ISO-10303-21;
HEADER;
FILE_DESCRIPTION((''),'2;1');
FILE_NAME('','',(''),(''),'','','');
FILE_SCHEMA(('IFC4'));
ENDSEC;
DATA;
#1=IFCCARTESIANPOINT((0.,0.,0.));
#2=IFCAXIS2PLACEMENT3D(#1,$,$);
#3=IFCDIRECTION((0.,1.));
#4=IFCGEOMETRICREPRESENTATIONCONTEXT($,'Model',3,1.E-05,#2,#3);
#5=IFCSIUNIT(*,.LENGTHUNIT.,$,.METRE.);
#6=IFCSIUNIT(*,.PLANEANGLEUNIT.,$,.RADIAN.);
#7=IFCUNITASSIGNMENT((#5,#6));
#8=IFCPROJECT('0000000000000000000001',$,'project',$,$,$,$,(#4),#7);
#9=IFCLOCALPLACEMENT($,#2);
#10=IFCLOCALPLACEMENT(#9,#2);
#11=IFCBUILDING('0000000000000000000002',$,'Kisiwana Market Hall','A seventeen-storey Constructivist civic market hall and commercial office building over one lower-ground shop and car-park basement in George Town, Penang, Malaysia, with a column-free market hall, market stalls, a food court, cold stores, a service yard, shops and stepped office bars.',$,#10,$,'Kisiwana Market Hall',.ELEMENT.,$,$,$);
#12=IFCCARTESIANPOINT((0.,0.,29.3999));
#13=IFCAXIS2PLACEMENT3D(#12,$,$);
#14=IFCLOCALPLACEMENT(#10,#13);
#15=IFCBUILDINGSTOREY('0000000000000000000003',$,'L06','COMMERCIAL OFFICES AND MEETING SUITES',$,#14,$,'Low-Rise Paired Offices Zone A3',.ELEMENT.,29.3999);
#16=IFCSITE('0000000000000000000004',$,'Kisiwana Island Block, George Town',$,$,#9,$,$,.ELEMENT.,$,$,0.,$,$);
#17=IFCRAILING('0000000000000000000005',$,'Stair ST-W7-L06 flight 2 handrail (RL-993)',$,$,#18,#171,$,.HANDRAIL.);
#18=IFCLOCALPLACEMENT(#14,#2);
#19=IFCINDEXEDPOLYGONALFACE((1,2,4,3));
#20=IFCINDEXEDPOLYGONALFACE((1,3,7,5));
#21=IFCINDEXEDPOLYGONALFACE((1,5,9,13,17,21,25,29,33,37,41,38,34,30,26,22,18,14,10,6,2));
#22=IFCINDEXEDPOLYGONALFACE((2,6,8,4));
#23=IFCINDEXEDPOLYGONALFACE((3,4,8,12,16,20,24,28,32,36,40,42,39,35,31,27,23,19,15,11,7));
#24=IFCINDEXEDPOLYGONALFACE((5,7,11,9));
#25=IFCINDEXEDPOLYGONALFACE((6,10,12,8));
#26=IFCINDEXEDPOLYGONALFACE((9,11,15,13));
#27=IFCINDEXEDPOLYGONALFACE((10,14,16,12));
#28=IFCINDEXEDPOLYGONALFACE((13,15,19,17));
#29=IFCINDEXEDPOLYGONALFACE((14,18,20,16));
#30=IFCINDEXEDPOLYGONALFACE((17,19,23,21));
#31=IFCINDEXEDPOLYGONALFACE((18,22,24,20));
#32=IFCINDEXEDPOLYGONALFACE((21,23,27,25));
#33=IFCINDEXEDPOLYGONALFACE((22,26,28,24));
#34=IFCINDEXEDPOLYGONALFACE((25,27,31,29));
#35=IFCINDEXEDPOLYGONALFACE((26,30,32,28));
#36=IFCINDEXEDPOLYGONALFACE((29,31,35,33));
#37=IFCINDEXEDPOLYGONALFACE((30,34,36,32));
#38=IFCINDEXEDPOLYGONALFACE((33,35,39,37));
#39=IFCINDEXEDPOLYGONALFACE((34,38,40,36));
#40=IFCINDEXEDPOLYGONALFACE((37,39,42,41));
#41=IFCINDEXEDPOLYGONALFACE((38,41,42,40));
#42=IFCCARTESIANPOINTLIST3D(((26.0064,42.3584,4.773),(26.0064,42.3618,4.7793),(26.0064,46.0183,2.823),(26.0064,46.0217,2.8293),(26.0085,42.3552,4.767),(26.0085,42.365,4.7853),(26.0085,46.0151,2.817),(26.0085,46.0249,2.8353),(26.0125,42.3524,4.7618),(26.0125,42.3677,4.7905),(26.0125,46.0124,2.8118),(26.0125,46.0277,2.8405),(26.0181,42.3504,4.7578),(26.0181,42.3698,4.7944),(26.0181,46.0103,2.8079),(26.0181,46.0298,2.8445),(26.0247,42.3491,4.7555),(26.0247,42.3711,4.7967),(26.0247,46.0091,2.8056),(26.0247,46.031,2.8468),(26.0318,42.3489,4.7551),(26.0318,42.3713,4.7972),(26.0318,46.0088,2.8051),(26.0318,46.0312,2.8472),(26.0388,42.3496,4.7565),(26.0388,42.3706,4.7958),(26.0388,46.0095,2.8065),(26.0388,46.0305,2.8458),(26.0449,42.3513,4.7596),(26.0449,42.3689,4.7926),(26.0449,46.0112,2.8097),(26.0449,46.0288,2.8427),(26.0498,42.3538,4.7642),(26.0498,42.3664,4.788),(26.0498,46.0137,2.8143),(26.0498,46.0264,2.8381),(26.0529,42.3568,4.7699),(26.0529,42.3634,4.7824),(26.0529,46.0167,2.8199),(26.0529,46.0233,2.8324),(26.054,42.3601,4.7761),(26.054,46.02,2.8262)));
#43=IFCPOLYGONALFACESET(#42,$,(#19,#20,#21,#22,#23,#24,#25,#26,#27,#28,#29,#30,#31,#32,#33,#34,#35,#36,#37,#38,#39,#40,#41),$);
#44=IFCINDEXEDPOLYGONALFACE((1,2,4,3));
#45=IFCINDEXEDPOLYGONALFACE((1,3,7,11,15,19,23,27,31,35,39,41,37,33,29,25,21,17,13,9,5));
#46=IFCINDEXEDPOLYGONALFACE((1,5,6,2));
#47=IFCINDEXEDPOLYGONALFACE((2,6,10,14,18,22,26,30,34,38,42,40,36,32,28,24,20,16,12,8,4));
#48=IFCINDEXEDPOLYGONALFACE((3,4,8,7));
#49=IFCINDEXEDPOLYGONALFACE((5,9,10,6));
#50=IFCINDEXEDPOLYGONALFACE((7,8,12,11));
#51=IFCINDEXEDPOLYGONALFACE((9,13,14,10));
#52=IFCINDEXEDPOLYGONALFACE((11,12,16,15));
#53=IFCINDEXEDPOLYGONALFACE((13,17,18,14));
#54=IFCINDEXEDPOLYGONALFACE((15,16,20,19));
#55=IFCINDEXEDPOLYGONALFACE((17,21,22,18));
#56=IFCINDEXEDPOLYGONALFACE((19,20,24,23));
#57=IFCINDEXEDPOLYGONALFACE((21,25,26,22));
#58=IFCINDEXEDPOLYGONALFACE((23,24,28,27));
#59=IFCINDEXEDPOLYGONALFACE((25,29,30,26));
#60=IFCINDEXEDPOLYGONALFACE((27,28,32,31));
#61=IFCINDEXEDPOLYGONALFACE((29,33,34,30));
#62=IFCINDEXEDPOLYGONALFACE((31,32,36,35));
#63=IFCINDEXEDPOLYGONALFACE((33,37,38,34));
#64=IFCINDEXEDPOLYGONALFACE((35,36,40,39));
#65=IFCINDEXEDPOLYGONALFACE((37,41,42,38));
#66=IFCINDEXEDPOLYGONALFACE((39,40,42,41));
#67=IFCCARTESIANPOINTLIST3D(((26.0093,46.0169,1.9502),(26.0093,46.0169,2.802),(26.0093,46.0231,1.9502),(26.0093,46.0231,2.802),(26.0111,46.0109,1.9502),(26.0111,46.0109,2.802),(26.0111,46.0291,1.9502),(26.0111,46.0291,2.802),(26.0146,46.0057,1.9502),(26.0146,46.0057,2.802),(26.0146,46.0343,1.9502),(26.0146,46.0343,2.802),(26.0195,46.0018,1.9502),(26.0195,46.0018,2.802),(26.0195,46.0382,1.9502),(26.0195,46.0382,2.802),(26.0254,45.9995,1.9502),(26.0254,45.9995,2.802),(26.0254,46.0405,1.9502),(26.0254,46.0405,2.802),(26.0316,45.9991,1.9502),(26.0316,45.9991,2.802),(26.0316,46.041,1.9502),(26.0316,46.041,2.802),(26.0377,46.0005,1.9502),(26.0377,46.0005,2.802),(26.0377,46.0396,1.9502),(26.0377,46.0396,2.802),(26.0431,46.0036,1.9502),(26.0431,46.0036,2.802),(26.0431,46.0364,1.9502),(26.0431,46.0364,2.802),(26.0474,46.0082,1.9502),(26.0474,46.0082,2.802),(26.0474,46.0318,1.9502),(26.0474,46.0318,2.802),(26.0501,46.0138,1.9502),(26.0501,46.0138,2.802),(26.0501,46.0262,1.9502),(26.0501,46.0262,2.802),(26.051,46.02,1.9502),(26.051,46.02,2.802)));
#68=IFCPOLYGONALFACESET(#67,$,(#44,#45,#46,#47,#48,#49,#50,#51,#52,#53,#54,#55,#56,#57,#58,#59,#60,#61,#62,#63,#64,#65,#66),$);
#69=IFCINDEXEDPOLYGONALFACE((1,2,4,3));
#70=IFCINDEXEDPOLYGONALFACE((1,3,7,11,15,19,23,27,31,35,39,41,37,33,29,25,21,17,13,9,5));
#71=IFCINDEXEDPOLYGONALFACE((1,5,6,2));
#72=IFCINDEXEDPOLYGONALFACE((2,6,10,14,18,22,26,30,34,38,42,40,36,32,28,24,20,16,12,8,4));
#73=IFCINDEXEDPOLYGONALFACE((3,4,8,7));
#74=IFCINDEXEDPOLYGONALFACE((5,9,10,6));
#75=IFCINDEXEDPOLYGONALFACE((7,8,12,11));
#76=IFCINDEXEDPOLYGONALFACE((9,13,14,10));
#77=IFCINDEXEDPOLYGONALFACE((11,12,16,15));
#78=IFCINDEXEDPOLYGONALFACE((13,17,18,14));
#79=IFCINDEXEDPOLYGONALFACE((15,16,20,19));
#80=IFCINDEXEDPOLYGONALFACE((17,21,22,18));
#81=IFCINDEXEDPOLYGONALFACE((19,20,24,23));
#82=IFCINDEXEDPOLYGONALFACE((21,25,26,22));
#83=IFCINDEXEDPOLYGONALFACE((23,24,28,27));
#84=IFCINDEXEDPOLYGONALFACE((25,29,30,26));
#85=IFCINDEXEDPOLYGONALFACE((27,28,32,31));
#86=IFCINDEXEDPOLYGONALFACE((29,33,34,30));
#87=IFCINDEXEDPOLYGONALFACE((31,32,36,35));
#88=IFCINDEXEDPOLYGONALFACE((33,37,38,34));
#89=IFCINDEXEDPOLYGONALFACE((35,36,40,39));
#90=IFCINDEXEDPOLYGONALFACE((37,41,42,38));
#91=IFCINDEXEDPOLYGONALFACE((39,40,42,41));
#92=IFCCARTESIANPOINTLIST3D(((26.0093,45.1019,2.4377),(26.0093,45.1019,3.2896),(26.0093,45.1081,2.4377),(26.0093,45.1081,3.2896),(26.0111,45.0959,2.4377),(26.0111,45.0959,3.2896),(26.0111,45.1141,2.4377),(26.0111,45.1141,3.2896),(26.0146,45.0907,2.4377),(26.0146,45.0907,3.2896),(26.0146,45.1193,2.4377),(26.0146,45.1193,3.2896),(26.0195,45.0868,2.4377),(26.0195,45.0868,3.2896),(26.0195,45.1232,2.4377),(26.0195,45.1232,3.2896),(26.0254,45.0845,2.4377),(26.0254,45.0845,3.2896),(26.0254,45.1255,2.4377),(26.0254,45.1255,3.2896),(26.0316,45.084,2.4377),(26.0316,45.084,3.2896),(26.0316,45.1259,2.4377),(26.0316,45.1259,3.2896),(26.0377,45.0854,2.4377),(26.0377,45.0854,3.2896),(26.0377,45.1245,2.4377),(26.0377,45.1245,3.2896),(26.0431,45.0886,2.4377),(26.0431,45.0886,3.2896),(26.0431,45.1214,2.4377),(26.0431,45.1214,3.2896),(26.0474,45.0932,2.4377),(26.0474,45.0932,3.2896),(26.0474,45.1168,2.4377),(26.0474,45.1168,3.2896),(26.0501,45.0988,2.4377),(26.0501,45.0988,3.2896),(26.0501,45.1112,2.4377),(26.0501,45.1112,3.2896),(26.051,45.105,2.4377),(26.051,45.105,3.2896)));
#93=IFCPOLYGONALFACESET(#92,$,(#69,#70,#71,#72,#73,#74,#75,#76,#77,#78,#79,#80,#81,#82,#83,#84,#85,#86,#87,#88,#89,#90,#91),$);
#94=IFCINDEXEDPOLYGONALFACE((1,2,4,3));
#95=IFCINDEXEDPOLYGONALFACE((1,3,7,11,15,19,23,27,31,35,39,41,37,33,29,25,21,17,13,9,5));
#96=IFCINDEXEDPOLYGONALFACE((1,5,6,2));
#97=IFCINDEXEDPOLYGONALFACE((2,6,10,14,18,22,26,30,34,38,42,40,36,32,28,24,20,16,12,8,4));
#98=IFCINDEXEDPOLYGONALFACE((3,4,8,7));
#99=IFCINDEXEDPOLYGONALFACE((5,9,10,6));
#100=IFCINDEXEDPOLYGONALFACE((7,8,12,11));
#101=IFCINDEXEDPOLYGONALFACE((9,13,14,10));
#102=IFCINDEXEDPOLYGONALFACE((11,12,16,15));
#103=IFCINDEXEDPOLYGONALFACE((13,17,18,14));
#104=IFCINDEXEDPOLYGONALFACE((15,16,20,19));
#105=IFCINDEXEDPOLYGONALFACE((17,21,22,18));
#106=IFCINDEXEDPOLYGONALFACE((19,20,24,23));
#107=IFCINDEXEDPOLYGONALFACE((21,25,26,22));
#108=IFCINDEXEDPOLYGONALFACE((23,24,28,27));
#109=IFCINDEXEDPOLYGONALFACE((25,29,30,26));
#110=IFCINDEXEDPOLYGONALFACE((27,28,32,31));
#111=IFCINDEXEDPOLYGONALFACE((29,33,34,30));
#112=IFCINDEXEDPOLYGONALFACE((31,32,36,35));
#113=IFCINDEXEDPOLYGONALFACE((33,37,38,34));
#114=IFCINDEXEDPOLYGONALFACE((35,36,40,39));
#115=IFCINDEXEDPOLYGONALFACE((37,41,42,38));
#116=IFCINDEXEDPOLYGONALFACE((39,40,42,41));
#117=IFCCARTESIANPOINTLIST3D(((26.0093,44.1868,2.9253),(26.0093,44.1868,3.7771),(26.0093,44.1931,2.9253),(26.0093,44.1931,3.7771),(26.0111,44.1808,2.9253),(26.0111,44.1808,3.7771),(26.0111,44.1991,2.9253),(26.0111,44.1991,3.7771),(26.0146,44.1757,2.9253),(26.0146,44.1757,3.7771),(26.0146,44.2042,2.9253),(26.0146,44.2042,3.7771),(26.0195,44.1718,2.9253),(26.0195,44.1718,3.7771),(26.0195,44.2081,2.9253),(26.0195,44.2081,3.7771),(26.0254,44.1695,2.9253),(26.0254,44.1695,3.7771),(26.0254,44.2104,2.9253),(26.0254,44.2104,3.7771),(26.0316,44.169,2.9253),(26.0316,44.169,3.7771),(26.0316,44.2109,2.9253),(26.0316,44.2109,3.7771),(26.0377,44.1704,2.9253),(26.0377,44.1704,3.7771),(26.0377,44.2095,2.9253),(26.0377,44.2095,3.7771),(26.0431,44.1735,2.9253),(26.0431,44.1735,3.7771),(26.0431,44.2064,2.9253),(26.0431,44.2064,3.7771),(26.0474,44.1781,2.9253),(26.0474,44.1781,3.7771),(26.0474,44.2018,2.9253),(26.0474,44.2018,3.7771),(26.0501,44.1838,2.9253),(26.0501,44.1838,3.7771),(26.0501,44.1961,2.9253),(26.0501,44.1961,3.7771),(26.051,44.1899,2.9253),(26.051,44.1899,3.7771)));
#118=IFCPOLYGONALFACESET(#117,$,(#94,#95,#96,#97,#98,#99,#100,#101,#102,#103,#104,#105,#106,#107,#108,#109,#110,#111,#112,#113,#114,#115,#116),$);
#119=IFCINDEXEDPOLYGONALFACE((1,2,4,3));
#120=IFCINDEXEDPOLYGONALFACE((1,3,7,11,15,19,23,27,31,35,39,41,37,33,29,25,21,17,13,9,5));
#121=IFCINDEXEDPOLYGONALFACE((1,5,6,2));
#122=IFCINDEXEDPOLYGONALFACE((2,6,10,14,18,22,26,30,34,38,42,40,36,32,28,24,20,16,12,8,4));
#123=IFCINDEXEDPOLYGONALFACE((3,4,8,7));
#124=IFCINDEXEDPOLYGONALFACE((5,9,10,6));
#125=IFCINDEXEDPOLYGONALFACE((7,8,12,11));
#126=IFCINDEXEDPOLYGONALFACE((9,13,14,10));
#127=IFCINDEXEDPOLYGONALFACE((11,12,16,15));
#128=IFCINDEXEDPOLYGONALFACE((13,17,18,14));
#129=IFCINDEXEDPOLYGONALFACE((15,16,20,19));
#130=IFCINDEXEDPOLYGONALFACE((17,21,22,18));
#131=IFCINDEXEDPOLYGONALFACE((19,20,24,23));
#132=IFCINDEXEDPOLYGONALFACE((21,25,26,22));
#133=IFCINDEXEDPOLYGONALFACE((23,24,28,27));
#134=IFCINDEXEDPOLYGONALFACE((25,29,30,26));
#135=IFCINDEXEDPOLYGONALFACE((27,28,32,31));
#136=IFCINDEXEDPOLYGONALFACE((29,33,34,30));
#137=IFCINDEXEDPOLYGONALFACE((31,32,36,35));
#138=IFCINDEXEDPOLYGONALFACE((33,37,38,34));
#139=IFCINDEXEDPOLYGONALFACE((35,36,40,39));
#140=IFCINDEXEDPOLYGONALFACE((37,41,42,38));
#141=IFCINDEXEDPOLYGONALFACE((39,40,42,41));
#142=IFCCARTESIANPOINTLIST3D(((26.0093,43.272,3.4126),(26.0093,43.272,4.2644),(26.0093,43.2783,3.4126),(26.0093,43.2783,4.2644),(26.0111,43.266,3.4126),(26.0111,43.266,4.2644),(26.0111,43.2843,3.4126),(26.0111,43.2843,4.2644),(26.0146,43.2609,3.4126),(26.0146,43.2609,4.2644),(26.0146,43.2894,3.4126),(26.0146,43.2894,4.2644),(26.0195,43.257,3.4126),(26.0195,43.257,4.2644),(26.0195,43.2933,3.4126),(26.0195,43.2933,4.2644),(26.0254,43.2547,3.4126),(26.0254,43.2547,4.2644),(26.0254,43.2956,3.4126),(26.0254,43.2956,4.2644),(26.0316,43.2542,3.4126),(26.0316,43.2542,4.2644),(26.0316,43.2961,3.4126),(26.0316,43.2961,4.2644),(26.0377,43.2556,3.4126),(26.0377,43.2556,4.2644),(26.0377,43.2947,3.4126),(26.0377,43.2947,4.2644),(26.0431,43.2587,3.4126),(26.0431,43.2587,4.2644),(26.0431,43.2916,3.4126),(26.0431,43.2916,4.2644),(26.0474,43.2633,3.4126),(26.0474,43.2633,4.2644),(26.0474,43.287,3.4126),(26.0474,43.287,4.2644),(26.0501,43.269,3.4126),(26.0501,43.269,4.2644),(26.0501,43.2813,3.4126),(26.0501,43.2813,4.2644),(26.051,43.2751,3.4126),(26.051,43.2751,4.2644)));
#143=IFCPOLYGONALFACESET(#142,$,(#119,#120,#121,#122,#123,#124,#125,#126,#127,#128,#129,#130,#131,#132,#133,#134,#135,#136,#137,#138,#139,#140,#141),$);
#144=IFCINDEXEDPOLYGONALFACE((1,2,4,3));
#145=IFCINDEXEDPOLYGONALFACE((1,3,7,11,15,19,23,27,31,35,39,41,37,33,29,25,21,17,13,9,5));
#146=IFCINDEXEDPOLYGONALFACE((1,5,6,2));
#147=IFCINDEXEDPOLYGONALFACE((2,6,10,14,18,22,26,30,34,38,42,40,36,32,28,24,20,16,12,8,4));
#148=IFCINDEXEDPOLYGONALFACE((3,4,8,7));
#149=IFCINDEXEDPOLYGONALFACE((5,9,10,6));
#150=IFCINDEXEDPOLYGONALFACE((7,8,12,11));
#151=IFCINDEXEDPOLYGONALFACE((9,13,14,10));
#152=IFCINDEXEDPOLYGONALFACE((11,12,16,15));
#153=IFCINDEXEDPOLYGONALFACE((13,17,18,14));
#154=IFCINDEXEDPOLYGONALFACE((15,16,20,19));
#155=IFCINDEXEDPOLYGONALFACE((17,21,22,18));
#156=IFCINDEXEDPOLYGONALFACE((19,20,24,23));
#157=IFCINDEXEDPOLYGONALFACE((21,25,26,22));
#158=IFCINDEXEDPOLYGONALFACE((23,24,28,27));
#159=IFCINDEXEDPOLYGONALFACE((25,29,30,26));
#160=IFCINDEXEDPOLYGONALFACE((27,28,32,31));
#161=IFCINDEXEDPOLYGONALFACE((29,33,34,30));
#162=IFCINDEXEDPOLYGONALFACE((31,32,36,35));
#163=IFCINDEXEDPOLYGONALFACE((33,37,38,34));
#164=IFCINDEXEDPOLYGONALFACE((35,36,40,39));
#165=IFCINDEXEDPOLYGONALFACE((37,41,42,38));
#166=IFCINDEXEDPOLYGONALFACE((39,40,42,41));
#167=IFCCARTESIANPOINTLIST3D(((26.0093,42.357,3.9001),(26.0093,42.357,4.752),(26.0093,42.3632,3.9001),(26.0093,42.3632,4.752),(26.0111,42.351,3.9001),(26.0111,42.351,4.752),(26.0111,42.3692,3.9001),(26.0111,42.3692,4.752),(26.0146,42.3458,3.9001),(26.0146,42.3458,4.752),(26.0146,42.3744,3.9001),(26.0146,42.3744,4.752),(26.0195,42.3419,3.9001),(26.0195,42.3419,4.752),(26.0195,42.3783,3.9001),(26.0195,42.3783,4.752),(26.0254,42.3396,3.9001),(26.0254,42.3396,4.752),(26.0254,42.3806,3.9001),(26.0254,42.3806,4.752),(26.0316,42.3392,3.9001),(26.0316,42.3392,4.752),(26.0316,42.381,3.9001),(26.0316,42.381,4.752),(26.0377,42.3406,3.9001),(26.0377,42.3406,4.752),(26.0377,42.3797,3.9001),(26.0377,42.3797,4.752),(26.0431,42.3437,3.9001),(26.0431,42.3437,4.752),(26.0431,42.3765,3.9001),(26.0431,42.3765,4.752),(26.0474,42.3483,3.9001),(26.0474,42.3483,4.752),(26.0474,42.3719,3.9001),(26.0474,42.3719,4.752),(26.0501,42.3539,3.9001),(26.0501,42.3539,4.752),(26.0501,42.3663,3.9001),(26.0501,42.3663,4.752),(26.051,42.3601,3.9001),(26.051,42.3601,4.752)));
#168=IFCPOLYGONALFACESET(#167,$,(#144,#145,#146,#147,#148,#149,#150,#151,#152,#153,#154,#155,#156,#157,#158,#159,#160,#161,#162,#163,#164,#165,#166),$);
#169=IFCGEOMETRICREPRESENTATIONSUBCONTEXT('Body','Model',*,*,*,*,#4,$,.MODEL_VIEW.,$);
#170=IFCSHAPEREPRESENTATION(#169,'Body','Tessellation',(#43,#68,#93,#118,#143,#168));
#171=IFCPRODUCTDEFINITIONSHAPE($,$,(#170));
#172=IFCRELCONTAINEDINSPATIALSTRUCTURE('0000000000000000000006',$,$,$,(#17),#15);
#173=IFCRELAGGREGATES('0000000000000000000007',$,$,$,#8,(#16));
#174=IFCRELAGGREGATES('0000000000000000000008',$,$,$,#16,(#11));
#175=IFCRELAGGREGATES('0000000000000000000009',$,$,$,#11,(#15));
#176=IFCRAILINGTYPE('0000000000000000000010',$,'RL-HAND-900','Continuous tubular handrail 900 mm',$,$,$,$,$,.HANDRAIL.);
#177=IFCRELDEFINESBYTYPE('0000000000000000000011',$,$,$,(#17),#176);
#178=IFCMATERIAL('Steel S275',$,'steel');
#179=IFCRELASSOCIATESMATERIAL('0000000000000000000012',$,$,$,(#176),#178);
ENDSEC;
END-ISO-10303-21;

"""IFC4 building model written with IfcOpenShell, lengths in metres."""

from ifc_helpers import new_model, si_unit, direction, frame, origin, origin_2d, place, context, subcontext, project, spatial, circle, extrude, material, type_object, element, save


model = new_model("IFC4")

# Units and contexts
model_context = context("Model", 3, precision=1e-05, world=origin(), true_north=direction((0.0, 1.0)))
body_context = subcontext(model_context, "Body", "Model", "MODEL_VIEW")
ifc_project = project(units=[si_unit("LENGTHUNIT", "METRE"), si_unit("PLANEANGLEUNIT", "RADIAN")], contexts=[model_context])

# Site, building, storey
site_placement = place(None, origin())
site = spatial("IfcSite", under=ifc_project, at=site_placement, Name="Kisiwana Island Block, George Town", CompositionType="ELEMENT", RefElevation=0.0)
building_placement = place(site_placement, origin())
building = spatial("IfcBuilding", under=site, at=building_placement, Name="Kisiwana Market Hall", Description="A seventeen-storey Constructivist civic market hall and commercial office building over one lower-ground shop and car-park basement in George Town, Penang, Malaysia, with a column-free market hall, market stalls, a food court, cold stores, a service yard, shops and stepped office bars.", LongName="Kisiwana Market Hall", CompositionType="ELEMENT")
storey_placement = place(building_placement, frame((0.0, 0.0, 29.3999)))
storey = spatial("IfcBuildingStorey", under=building, at=storey_placement, Name="L06", Description="COMMERCIAL OFFICES AND MEETING SUITES", LongName="Low-Rise Paired Offices Zone A3", CompositionType="ELEMENT", Elevation=29.3999)

# Railing
ifc_material_1 = material(Name="Steel S275", Category="steel")
railing_type_1 = type_object("IfcRailingType", Name="RL-HAND-900", Description="Continuous tubular handrail 900 mm", PredefinedType="HANDRAIL", material=ifc_material_1)
railing_1_placement = place(storey_placement, frame((26.03, 46.02, 1.9502)))
element("IfcRailing", 1, at=railing_1_placement, inside=storey, type_object=railing_type_1, Name="Stair ST-W7-L06 flight 2 handrail (RL-993)", PredefinedType="HANDRAIL", context=body_context, shape_type="SweptSolid", body=[
    extrude(circle(Radius=0.0239, at=origin_2d()), frame((0.0, 0.0, 0.876), z_axis=(0.0, -0.882553, 0.470212), x_axis=(1.0, 0.0, 0.0)), (0.0, 0.0, 1.0), 4.147),
    extrude(circle(Radius=0.021, at=origin_2d()), origin(), (0.0, 0.0, 1.0), 0.8518),
    extrude(circle(Radius=0.021, at=origin_2d()), frame((0.0, -0.915, 0.4875)), (0.0, 0.0, 1.0), 0.8518),
    extrude(circle(Radius=0.021, at=origin_2d()), frame((0.0, -1.8301, 0.9751)), (0.0, 0.0, 1.0), 0.8518),
    extrude(circle(Radius=0.021, at=origin_2d()), frame((0.0, -2.7449, 1.4624)), (0.0, 0.0, 1.0), 0.8518),
    extrude(circle(Radius=0.021, at=origin_2d()), frame((0.0, -3.6599, 1.95)), (0.0, 0.0, 1.0), 0.8518),
])

save(model, "model.ifc")
